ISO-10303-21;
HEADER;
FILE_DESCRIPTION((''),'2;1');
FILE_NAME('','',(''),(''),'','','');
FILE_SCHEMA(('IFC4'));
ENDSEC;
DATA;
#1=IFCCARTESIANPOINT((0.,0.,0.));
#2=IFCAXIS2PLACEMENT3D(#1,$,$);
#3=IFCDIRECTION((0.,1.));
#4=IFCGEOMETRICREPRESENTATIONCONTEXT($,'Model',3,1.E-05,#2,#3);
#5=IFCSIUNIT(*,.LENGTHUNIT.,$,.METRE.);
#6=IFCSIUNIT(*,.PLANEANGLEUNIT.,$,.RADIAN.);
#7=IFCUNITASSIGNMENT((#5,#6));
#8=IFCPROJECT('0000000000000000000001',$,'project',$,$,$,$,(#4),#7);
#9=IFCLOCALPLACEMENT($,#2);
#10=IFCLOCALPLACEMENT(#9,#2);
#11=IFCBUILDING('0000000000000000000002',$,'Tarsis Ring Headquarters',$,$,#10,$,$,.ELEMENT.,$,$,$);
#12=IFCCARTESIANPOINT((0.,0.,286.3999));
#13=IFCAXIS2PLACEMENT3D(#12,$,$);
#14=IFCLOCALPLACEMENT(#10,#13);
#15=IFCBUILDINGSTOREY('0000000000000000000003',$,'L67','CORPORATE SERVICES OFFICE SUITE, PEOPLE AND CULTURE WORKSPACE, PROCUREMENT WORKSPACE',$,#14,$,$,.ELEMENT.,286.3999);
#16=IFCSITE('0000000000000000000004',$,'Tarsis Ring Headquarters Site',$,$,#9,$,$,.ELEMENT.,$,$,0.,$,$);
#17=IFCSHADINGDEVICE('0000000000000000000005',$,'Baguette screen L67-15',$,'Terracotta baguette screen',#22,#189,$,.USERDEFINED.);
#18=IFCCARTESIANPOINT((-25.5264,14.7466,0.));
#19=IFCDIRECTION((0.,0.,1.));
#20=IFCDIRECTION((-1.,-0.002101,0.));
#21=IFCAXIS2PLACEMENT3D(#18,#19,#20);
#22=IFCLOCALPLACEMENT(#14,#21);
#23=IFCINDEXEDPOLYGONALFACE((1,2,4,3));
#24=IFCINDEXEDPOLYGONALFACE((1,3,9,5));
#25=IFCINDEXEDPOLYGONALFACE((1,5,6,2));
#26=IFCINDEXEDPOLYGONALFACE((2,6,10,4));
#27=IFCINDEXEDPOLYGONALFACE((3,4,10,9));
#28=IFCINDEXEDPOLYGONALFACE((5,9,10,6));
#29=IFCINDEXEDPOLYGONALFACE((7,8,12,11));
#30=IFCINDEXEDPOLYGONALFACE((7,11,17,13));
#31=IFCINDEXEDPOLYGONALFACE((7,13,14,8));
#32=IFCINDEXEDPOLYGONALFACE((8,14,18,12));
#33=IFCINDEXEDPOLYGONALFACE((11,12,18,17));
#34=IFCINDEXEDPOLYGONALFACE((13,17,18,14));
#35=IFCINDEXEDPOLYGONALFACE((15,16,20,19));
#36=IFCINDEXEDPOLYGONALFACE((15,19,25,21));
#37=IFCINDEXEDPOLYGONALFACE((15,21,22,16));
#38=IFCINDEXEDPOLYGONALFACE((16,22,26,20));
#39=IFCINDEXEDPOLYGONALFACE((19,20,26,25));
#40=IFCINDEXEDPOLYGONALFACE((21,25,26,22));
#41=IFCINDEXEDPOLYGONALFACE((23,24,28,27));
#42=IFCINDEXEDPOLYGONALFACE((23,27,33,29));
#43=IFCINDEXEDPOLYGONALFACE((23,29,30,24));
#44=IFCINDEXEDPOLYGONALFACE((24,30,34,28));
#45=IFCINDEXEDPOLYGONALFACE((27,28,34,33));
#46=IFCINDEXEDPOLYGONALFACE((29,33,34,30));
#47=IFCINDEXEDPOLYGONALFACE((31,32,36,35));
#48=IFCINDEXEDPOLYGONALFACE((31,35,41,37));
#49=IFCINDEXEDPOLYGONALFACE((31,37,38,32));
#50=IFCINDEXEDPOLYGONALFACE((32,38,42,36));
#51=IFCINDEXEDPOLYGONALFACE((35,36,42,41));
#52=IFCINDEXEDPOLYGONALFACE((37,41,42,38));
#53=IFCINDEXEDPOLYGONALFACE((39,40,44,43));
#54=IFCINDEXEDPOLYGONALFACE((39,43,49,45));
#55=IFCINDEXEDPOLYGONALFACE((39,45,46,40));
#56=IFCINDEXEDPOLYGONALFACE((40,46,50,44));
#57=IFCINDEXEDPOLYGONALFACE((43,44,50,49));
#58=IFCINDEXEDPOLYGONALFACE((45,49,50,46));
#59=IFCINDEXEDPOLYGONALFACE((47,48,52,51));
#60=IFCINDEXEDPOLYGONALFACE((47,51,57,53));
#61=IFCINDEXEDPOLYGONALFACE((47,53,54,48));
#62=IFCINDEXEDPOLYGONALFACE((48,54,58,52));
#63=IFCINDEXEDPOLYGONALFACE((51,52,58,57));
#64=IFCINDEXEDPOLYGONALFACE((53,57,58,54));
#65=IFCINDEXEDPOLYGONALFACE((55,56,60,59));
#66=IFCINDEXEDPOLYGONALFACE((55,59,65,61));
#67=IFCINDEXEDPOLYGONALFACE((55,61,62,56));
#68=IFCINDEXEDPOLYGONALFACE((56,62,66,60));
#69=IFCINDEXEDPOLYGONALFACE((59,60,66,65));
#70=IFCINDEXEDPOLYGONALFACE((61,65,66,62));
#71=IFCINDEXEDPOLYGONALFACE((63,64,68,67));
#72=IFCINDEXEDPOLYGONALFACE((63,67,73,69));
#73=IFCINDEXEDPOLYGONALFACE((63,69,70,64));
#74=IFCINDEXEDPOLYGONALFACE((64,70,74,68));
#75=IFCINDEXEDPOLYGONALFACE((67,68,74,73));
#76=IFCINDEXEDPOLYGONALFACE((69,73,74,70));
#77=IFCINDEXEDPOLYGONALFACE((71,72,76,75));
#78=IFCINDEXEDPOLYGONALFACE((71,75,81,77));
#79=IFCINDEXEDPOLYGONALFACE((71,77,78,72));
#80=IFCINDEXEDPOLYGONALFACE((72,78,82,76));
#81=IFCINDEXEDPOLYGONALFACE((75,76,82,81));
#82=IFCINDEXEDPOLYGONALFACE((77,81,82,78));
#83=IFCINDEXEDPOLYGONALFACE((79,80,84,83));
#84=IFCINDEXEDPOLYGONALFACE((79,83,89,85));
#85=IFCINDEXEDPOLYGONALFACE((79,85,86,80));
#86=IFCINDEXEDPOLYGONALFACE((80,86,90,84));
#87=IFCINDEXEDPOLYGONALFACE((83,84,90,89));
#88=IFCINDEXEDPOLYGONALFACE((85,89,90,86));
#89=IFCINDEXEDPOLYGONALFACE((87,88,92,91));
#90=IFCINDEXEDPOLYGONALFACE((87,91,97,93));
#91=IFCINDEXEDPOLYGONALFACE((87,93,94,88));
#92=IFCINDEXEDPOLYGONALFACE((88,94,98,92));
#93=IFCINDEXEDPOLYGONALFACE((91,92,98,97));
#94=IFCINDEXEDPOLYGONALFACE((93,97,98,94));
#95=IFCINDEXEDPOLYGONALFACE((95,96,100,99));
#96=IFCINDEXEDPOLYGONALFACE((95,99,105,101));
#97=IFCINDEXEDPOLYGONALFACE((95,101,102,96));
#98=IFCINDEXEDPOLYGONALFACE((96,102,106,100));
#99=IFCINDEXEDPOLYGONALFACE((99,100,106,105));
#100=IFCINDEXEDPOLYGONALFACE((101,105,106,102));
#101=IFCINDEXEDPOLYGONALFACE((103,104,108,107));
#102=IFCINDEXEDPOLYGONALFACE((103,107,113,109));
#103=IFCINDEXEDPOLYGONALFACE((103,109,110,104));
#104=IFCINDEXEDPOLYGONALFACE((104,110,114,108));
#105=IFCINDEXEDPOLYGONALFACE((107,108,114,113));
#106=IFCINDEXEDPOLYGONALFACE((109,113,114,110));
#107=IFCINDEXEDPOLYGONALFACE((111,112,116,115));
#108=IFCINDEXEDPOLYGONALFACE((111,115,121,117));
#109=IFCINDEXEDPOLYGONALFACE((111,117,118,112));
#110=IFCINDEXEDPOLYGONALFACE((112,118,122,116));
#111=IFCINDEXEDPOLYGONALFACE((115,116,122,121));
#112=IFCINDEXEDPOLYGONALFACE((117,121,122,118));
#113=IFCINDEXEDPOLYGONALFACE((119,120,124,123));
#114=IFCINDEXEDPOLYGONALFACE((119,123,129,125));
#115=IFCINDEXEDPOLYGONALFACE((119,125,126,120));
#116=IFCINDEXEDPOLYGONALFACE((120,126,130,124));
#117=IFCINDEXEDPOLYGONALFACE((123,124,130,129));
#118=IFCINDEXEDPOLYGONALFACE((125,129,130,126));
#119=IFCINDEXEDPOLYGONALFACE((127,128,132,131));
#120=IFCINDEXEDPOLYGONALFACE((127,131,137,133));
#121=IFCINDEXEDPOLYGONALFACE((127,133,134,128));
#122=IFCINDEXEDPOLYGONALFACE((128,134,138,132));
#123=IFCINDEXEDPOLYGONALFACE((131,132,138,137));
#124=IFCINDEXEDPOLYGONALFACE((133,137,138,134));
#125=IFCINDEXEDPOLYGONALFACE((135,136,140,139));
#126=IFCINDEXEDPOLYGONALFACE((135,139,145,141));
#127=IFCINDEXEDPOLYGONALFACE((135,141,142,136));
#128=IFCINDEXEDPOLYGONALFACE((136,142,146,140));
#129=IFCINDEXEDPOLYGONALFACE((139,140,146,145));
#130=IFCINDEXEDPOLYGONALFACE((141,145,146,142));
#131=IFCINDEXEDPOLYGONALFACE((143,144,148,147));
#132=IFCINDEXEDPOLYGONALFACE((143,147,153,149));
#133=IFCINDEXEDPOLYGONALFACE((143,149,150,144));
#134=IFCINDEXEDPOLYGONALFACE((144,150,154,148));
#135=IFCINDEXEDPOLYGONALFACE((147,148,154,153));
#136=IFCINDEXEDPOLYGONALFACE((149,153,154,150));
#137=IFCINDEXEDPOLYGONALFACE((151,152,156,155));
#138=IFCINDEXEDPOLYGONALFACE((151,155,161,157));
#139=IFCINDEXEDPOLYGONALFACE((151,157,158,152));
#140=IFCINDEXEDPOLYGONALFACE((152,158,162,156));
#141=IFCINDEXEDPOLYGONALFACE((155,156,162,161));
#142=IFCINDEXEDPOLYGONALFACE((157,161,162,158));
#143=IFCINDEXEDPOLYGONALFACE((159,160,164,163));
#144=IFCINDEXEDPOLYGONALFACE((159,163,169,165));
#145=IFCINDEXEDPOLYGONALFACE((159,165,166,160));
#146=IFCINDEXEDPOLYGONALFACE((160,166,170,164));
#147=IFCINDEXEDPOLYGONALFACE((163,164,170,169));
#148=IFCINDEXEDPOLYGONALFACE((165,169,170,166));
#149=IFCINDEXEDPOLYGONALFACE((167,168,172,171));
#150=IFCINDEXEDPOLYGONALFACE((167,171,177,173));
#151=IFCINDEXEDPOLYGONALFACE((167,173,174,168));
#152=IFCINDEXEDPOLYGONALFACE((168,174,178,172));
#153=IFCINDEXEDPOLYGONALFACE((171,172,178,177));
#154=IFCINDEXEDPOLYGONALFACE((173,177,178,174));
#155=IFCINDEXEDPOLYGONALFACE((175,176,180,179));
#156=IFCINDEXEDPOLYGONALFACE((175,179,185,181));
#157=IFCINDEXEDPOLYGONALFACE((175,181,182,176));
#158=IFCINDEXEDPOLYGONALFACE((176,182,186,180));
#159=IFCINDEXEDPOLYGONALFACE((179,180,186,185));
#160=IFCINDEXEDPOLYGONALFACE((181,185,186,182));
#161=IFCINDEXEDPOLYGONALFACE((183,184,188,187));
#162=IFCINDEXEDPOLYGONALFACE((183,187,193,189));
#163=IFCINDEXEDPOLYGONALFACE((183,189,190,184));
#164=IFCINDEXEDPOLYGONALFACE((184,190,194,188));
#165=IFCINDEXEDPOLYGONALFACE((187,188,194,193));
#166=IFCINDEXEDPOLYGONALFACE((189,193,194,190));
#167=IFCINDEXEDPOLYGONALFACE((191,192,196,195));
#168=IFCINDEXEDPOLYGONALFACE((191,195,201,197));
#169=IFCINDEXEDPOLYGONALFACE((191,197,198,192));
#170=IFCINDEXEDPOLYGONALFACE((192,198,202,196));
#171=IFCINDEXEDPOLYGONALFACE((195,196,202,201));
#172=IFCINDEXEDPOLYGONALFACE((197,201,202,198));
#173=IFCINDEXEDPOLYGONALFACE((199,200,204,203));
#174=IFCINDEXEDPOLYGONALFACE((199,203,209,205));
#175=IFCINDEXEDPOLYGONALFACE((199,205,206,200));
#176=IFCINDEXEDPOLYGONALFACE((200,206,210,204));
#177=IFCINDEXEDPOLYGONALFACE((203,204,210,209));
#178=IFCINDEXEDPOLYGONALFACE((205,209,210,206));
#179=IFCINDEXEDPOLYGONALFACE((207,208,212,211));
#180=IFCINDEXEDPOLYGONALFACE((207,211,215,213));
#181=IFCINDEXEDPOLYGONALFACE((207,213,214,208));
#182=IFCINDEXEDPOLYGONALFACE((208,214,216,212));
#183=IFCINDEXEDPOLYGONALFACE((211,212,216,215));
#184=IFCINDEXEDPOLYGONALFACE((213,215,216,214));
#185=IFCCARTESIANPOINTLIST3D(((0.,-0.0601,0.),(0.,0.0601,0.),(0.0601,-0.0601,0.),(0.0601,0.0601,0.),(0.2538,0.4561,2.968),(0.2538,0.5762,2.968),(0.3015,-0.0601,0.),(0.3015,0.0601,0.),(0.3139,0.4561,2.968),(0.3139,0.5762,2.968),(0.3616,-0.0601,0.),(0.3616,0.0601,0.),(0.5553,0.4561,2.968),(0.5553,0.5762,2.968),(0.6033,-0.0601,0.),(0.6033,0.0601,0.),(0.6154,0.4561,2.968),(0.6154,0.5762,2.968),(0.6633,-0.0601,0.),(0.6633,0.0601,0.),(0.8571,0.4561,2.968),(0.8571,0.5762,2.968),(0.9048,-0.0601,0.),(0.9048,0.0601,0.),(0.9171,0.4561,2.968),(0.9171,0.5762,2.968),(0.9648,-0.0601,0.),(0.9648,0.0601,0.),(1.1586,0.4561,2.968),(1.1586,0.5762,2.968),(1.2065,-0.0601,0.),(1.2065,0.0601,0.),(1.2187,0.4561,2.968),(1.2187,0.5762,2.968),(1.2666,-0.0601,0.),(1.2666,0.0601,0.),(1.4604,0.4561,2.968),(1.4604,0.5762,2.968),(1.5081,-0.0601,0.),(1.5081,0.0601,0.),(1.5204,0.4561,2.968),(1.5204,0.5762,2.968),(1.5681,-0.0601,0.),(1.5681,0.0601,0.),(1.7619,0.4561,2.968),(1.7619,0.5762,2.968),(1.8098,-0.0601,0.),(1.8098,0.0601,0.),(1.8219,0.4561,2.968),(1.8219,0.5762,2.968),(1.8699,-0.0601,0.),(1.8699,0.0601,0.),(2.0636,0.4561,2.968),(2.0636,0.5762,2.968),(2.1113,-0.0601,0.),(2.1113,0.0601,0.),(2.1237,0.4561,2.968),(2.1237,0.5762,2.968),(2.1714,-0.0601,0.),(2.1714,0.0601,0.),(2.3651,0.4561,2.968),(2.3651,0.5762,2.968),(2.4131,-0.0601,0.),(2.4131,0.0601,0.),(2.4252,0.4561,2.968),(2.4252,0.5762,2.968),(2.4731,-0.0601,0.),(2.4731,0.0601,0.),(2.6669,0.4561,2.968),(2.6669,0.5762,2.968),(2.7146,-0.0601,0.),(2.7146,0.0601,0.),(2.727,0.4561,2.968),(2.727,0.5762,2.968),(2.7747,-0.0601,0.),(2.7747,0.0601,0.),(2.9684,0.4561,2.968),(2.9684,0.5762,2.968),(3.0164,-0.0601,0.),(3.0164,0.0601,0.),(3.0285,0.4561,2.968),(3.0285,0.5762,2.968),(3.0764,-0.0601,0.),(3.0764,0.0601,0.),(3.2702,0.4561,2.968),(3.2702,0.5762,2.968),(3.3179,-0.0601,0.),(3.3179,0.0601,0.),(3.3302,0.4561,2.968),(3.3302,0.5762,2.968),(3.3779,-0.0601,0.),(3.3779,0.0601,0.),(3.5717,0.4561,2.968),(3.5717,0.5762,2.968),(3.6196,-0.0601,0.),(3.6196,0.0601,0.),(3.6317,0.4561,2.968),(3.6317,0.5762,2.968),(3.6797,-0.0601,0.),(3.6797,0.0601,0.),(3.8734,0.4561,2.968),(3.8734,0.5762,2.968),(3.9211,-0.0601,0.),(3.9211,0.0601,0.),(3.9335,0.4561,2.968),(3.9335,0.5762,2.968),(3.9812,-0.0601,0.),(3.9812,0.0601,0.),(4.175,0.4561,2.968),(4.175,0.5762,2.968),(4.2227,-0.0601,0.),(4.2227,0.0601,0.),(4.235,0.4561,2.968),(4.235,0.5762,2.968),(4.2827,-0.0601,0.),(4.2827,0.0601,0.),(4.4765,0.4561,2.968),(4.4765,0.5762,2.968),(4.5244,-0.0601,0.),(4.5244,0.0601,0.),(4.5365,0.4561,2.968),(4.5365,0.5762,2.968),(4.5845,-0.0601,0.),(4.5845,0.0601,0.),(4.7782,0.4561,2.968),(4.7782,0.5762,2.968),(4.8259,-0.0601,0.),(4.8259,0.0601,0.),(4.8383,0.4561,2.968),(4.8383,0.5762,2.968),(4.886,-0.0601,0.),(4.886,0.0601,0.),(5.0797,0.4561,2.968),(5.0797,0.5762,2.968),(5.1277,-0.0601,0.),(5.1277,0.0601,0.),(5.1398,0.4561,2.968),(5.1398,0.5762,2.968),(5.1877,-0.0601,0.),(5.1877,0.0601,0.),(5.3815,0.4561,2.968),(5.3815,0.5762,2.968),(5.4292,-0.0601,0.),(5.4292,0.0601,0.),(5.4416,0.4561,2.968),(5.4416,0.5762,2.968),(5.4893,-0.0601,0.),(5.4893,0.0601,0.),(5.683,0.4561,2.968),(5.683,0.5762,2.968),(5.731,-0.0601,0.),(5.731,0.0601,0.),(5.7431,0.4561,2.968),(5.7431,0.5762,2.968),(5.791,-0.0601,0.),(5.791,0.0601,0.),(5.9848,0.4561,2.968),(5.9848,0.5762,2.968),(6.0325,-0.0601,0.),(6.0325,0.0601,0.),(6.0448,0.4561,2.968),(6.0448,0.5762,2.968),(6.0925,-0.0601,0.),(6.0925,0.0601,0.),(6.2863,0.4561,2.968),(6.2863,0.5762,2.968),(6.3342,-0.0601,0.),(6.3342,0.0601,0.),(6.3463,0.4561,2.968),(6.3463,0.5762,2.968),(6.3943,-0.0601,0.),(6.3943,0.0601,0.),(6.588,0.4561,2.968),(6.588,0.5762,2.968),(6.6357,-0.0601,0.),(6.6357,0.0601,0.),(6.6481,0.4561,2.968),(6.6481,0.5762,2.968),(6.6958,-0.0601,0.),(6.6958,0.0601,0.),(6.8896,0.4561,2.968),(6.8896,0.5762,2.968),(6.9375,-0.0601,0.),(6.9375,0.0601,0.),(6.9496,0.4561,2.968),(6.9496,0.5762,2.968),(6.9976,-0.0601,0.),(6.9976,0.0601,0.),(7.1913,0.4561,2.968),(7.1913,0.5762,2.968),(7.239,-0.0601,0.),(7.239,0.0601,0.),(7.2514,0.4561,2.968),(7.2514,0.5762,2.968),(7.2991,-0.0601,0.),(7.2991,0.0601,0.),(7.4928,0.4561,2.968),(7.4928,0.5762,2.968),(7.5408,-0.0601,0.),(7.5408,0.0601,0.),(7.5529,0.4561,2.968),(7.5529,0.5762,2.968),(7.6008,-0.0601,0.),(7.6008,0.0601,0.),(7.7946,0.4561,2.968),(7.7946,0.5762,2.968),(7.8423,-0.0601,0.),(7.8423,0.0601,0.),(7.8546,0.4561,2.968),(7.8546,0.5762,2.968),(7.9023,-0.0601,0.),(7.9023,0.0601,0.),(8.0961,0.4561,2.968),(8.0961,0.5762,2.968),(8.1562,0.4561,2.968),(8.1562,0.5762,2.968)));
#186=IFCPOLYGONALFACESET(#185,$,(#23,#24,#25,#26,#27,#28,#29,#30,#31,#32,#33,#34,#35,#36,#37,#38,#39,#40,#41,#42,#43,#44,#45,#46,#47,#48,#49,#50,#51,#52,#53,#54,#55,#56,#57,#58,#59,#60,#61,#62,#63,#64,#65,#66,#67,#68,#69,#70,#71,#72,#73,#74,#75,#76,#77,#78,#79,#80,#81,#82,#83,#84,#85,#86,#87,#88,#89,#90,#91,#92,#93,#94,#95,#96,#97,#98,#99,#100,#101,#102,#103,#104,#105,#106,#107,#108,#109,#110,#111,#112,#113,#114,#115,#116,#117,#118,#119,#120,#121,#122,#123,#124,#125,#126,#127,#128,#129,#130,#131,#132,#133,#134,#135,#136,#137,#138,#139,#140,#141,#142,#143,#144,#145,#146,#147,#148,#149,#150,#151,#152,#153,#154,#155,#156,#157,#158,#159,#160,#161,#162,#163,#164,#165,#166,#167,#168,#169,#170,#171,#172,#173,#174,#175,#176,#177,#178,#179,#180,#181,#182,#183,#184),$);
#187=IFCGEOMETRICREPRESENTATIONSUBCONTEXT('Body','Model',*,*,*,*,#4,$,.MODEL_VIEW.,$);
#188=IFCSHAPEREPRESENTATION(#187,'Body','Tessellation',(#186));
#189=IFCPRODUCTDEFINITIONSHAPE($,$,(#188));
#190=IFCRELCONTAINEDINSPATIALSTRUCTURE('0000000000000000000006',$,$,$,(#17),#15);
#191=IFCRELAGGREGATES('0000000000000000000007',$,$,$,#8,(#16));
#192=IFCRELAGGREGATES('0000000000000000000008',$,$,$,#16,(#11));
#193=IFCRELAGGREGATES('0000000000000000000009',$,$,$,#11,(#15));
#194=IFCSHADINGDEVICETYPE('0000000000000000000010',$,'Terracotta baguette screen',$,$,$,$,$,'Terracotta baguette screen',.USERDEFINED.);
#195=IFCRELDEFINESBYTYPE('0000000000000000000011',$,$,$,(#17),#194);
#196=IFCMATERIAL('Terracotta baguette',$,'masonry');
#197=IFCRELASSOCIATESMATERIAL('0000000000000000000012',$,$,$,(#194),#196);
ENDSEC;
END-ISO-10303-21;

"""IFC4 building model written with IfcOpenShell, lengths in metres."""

from ifc_helpers import new_model, si_unit, direction, frame, frame_2d, origin, place, context, subcontext, project, spatial, rectangle, composite_profile, extrude, material, type_object, element, save


model = new_model("IFC4")

# Units and contexts
model_context = context("Model", 3, precision=1e-05, world=origin(), true_north=direction((0.0, 1.0)))
body_context = subcontext(model_context, "Body", "Model", "MODEL_VIEW")
ifc_project = project(units=[si_unit("LENGTHUNIT", "METRE"), si_unit("PLANEANGLEUNIT", "RADIAN")], contexts=[model_context])

# Site, building, storey
site_placement = place(None, origin())
site = spatial("IfcSite", under=ifc_project, at=site_placement, Name="Tarsis Ring Headquarters Site", CompositionType="ELEMENT", RefElevation=0.0)
building_placement = place(site_placement, origin())
building = spatial("IfcBuilding", under=site, at=building_placement, Name="Tarsis Ring Headquarters", CompositionType="ELEMENT")
storey_placement = place(building_placement, frame((0.0, 0.0, 286.3999)))
storey = spatial("IfcBuildingStorey", under=building, at=storey_placement, Name="L67", Description="CORPORATE SERVICES OFFICE SUITE, PEOPLE AND CULTURE WORKSPACE, PROCUREMENT WORKSPACE", CompositionType="ELEMENT", Elevation=286.3999)

# Shading device
ifc_material_1 = material(Name="Terracotta baguette", Category="masonry")
shading_device_type = type_object("IfcShadingDeviceType", Name="Terracotta baguette screen", ElementType="Terracotta baguette screen", PredefinedType="USERDEFINED", material=ifc_material_1)
shading_device_placement = place(storey_placement, frame((-25.5264, 14.7466, 0.0), z_axis=(0.0, 0.0, 1.0), x_axis=(-1.0, -0.002101, 0.0)))
element("IfcShadingDevice", 1, at=shading_device_placement, inside=storey, type_object=shading_device_type, Name="Baguette screen L67-15", ObjectType="Terracotta baguette screen", PredefinedType="USERDEFINED", context=body_context, shape_type="SweptSolid", body=[
    extrude(composite_profile([rectangle(XDim=0.0601, YDim=0.1201, at=frame_2d((0.03, 0.0))), rectangle(XDim=0.0601, YDim=0.1201, at=frame_2d((0.3315, 0.0))), rectangle(XDim=0.0601, YDim=0.1201, at=frame_2d((0.6333, 0.0))), rectangle(XDim=0.0601, YDim=0.1201, at=frame_2d((0.9348, 0.0))), rectangle(XDim=0.0601, YDim=0.1201, at=frame_2d((1.2366, 0.0))), rectangle(XDim=0.0601, YDim=0.1201, at=frame_2d((1.5381, 0.0))), rectangle(XDim=0.0601, YDim=0.1201, at=frame_2d((1.8398, 0.0))), rectangle(XDim=0.0601, YDim=0.1201, at=frame_2d((2.1414, 0.0))), rectangle(XDim=0.0601, YDim=0.1201, at=frame_2d((2.4431, 0.0))), rectangle(XDim=0.0601, YDim=0.1201, at=frame_2d((2.7446, 0.0))), rectangle(XDim=0.0601, YDim=0.1201, at=frame_2d((3.0464, 0.0))), rectangle(XDim=0.0601, YDim=0.1201, at=frame_2d((3.3479, 0.0))), rectangle(XDim=0.0601, YDim=0.1201, at=frame_2d((3.6497, 0.0))), rectangle(XDim=0.0601, YDim=0.1201, at=frame_2d((3.9512, 0.0))), rectangle(XDim=0.0601, YDim=0.1201, at=frame_2d((4.2527, 0.0))), rectangle(XDim=0.0601, YDim=0.1201, at=frame_2d((4.5544, 0.0))), rectangle(XDim=0.0601, YDim=0.1201, at=frame_2d((4.856, 0.0))), rectangle(XDim=0.0601, YDim=0.1201, at=frame_2d((5.1577, 0.0))), rectangle(XDim=0.0601, YDim=0.1201, at=frame_2d((5.4592, 0.0))), rectangle(XDim=0.0601, YDim=0.1201, at=frame_2d((5.761, 0.0))), rectangle(XDim=0.0601, YDim=0.1201, at=frame_2d((6.0625, 0.0))), rectangle(XDim=0.0601, YDim=0.1201, at=frame_2d((6.3643, 0.0))), rectangle(XDim=0.0601, YDim=0.1201, at=frame_2d((6.6658, 0.0))), rectangle(XDim=0.0601, YDim=0.1201, at=frame_2d((6.9675, 0.0))), rectangle(XDim=0.0601, YDim=0.1201, at=frame_2d((7.269, 0.0))), rectangle(XDim=0.0601, YDim=0.1201, at=frame_2d((7.5708, 0.0))), rectangle(XDim=0.0601, YDim=0.1201, at=frame_2d((7.8723, 0.0)))]), origin(), (0.083955, 0.170734, 0.981734), 3.0232),
])

save(model, "model.ifc")
